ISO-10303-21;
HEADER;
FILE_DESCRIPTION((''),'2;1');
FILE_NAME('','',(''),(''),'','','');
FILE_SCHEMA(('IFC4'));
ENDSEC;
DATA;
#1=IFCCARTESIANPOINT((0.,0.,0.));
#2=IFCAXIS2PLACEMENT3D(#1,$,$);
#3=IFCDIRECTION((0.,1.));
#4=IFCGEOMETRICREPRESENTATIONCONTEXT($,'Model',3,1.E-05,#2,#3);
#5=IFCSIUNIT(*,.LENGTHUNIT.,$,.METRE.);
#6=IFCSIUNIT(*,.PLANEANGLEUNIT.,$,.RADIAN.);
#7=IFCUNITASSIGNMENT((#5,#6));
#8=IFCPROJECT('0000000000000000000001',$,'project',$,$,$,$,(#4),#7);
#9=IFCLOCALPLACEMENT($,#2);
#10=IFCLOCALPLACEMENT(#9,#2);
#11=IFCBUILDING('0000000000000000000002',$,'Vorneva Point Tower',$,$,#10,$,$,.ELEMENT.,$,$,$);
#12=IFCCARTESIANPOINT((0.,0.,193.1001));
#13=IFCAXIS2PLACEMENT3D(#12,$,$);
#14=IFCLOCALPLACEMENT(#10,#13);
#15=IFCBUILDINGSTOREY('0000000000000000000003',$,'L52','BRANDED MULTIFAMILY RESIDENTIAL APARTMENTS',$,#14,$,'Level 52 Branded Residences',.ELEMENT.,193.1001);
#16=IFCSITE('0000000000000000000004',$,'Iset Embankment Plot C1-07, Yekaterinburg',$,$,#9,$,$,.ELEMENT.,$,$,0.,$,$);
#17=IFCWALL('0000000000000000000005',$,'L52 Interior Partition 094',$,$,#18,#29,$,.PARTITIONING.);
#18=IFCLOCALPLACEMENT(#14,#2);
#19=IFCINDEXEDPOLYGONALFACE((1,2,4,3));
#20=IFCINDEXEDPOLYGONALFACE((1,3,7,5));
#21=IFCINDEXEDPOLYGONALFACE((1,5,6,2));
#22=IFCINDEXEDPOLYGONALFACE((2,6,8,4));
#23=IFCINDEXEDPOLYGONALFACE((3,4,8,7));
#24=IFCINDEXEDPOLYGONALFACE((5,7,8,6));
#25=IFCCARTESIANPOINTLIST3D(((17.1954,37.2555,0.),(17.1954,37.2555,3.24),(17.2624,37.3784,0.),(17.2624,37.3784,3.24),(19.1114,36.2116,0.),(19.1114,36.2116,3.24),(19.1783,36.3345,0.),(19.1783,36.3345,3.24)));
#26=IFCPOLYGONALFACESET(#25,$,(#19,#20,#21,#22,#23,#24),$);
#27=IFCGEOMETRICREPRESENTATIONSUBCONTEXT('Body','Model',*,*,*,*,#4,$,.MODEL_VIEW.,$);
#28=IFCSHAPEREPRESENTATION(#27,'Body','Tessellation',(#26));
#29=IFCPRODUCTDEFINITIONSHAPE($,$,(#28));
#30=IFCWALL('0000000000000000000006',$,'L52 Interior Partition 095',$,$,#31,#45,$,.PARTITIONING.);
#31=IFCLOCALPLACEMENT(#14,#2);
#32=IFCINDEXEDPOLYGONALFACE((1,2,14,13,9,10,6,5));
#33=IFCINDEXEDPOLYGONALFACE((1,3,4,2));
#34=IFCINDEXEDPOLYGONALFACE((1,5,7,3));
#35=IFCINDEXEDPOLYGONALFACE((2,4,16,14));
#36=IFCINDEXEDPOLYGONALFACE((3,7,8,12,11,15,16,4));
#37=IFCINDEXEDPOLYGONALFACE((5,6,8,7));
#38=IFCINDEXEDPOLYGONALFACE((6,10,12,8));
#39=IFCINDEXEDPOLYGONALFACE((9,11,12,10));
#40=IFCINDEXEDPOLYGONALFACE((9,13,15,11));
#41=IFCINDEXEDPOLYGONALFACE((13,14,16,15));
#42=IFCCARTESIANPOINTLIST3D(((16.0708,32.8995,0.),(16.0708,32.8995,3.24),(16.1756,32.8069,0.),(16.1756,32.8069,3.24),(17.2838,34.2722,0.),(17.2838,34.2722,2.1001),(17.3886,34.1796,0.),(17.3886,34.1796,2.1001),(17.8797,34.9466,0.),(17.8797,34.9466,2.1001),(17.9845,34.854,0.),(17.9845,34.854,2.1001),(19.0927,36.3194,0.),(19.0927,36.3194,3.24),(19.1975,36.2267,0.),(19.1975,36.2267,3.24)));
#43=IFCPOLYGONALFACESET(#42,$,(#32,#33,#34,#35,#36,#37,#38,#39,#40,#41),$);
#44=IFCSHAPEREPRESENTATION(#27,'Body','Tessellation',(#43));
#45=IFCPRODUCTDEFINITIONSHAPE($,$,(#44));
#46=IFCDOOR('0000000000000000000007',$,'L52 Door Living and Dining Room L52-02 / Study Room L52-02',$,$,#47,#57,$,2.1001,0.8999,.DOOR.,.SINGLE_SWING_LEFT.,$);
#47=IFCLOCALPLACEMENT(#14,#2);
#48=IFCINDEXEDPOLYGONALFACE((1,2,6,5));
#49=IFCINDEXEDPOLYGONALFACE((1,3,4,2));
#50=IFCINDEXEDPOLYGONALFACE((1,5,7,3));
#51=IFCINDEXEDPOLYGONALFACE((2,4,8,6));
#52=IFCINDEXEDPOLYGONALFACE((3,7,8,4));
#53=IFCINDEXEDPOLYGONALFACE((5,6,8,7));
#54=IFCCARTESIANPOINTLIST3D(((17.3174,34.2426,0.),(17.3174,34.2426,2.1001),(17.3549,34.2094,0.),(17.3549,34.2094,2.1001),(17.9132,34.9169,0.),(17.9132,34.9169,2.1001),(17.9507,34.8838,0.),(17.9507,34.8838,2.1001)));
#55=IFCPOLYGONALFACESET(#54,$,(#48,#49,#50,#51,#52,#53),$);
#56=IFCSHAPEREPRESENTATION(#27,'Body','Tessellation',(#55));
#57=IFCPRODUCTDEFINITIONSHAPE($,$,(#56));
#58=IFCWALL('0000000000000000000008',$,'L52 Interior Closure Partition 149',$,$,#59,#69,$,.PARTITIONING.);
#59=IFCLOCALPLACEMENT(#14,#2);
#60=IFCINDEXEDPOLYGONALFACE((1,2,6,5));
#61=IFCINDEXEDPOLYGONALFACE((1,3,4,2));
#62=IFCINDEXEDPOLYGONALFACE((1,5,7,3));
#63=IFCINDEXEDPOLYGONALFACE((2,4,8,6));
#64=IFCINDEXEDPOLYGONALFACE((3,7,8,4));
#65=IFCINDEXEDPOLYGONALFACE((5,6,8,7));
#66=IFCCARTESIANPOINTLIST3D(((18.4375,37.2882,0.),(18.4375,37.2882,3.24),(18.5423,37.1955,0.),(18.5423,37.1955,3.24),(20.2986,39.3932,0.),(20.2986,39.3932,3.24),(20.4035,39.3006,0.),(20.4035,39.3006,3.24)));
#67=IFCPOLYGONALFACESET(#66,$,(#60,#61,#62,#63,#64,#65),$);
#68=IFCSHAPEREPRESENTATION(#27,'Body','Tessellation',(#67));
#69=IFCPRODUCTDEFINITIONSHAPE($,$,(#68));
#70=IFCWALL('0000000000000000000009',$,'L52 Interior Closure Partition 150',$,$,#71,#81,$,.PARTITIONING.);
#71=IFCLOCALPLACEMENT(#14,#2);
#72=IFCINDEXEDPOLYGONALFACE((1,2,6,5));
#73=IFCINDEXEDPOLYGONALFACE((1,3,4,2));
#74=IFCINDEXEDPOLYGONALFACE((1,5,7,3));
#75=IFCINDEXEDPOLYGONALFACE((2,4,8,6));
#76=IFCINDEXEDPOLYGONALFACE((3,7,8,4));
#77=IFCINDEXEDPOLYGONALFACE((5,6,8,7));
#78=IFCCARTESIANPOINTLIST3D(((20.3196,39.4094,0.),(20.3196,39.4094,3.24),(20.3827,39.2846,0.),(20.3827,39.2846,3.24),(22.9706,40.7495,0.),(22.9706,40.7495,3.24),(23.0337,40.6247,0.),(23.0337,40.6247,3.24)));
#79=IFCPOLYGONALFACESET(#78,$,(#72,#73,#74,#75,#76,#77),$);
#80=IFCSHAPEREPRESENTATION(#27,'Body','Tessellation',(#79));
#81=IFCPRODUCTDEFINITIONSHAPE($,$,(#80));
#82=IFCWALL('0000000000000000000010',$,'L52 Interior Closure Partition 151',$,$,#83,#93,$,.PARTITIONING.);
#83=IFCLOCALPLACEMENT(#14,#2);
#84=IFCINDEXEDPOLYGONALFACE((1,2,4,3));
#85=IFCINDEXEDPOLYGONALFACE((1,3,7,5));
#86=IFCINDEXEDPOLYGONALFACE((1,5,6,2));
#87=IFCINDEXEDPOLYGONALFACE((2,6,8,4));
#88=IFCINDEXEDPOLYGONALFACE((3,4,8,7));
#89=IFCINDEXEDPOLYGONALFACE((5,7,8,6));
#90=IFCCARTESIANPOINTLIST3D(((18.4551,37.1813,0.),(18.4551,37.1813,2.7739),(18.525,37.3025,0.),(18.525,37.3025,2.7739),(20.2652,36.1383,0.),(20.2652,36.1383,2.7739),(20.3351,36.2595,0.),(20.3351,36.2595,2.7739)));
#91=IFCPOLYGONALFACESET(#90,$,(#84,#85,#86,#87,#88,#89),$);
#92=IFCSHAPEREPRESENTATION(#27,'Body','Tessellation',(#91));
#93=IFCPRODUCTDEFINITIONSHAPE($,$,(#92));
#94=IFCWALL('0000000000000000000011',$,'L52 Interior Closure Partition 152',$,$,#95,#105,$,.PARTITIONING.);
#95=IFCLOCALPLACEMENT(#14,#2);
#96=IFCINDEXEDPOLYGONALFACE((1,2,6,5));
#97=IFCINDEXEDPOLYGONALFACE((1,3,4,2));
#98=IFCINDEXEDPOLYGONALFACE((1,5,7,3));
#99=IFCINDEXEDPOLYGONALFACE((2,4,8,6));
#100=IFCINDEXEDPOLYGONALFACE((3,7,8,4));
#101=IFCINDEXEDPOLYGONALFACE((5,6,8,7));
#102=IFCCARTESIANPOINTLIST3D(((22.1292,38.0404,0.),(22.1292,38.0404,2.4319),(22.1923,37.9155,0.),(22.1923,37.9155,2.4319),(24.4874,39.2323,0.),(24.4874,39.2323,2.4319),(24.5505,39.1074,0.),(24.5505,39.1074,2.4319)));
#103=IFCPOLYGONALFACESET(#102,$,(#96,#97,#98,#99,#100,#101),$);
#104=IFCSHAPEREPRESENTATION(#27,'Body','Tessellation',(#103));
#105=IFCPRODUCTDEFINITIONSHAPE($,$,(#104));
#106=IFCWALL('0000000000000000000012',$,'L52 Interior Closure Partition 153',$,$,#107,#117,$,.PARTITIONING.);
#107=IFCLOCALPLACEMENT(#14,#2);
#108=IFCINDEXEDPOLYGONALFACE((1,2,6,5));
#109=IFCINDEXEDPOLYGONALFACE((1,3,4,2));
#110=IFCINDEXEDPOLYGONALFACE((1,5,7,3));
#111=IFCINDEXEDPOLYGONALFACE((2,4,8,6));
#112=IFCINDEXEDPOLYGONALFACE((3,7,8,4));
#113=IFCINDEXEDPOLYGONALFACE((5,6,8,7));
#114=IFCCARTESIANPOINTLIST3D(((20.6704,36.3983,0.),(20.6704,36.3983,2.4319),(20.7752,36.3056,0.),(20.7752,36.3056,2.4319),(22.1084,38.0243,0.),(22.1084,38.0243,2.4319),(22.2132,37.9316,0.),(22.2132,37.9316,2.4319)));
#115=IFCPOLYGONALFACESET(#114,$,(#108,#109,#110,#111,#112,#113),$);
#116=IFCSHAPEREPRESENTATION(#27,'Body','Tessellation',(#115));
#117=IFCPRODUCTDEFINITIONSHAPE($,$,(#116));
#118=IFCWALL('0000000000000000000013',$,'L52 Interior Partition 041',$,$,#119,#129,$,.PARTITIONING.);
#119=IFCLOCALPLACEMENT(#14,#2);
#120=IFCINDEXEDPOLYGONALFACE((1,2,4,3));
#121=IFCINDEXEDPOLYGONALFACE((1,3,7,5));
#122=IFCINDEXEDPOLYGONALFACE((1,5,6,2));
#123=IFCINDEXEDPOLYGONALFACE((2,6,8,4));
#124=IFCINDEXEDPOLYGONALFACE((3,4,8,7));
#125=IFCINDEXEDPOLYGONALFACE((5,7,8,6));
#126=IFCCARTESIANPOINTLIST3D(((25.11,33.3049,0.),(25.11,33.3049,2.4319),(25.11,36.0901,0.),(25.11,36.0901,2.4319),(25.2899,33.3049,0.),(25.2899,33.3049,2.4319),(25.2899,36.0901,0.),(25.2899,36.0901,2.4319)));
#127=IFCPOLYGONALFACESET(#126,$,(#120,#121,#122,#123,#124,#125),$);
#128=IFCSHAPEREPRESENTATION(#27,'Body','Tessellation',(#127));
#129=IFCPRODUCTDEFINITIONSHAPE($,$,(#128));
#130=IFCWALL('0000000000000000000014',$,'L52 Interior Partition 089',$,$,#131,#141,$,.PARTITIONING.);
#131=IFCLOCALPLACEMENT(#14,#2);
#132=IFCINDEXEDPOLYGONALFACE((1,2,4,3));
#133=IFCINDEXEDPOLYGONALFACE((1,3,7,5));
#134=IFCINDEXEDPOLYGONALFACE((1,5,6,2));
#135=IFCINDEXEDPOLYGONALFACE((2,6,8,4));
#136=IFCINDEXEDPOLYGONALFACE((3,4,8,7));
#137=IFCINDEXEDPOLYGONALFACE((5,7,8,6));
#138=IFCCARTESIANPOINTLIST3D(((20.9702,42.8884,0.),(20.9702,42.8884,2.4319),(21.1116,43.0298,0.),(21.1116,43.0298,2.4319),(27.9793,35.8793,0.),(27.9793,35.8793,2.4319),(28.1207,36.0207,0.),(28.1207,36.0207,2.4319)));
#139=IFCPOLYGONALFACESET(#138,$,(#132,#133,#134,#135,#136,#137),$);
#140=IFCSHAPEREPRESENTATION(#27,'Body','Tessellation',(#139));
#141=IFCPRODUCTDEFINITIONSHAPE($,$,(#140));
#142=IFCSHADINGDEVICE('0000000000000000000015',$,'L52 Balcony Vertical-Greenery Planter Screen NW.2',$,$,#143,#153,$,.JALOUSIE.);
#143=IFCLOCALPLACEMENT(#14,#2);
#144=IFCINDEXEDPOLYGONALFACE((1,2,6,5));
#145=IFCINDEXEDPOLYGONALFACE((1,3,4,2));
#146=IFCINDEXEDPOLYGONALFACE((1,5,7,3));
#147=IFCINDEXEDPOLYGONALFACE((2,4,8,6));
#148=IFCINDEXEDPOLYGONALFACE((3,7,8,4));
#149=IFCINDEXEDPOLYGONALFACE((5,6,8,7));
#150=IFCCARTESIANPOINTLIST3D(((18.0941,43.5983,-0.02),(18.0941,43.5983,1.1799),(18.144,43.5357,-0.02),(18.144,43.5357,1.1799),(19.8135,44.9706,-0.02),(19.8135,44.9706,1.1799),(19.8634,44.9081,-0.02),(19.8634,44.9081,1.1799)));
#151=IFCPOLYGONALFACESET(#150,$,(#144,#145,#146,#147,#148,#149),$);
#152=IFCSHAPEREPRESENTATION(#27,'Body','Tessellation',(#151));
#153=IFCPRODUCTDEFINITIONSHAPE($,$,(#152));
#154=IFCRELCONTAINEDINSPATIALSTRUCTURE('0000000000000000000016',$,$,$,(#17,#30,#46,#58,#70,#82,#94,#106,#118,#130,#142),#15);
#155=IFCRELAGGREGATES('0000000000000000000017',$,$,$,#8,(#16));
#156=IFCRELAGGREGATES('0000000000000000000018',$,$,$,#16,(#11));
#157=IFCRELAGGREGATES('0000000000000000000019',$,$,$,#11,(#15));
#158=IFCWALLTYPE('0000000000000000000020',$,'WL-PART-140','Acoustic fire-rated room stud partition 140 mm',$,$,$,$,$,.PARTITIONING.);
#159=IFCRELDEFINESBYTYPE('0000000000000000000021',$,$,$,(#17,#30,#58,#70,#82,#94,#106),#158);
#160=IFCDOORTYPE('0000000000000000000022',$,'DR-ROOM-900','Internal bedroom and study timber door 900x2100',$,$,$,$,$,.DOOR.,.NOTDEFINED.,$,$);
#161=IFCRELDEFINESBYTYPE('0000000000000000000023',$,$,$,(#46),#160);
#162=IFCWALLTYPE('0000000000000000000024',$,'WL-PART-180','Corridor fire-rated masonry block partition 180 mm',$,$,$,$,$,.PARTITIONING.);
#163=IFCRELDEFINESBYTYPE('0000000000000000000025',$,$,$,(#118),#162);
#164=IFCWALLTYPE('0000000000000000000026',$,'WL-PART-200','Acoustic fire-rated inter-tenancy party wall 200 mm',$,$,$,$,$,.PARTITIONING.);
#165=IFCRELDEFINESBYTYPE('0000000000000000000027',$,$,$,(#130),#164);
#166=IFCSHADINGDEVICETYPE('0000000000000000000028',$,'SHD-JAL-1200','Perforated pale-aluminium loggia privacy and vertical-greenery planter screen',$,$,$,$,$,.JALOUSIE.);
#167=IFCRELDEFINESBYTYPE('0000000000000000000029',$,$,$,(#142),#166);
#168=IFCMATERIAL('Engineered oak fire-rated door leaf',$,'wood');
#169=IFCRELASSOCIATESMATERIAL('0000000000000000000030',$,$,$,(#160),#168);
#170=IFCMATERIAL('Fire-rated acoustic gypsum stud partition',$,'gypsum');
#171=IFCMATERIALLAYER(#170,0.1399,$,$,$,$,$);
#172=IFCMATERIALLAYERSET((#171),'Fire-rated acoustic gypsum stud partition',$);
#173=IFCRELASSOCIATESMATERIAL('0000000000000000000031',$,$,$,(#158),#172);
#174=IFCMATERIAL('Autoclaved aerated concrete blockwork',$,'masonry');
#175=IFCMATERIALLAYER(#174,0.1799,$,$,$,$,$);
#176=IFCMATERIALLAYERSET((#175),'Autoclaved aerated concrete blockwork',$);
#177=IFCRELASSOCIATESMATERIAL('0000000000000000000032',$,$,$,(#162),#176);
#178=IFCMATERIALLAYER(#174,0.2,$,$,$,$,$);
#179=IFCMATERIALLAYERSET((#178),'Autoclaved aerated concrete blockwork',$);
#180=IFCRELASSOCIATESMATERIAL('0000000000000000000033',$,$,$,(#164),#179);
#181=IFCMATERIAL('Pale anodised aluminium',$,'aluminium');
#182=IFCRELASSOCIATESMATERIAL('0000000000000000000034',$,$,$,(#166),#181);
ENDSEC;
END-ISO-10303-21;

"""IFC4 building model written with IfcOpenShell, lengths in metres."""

from ifc_helpers import new_model, si_unit, direction, frame, frame_2d, origin, origin_2d, place, context, subcontext, project, spatial, rectangle, extrude, material, layer, layer_set, type_object, element, fill, save


model = new_model("IFC4")

# Units and contexts
model_context = context("Model", 3, precision=1e-05, world=origin(), true_north=direction((0.0, 1.0)))
body_context = subcontext(model_context, "Body", "Model", "MODEL_VIEW")
ifc_project = project(units=[si_unit("LENGTHUNIT", "METRE"), si_unit("PLANEANGLEUNIT", "RADIAN")], contexts=[model_context])

# Site, building, storey
site_placement = place(None, origin())
site = spatial("IfcSite", under=ifc_project, at=site_placement, Name="Iset Embankment Plot C1-07, Yekaterinburg", CompositionType="ELEMENT", RefElevation=0.0)
building_placement = place(site_placement, origin())
building = spatial("IfcBuilding", under=site, at=building_placement, Name="Vorneva Point Tower", CompositionType="ELEMENT")
storey_placement = place(building_placement, frame((0.0, 0.0, 193.1001)))
storey = spatial("IfcBuildingStorey", under=building, at=storey_placement, Name="L52", Description="BRANDED MULTIFAMILY RESIDENTIAL APARTMENTS", LongName="Level 52 Branded Residences", CompositionType="ELEMENT", Elevation=193.1001)

# Shared definitions
ifc_material_1 = material(Name="Pale anodised aluminium", Category="aluminium")

# Shared definitions
ifc_material_2 = material(Name="Fire-rated acoustic gypsum stud partition", Category="gypsum")
ifc_material_3 = material(Name="Engineered oak fire-rated door leaf", Category="wood")
door_type_1 = type_object("IfcDoorType", Name="DR-ROOM-900", Description="Internal bedroom and study timber door 900x2100", OperationType="NOTDEFINED", PredefinedType="DOOR", material=ifc_material_3)

# Shared definitions
ifc_layer_1 = layer(ifc_material_2, 0.1399)
ifc_layer_set_1 = layer_set([ifc_layer_1], Name="Fire-rated acoustic gypsum stud partition")
wall_type_1 = type_object("IfcWallType", Name="WL-PART-140", Description="Acoustic fire-rated room stud partition 140 mm", PredefinedType="PARTITIONING", material=ifc_layer_set_1)

# Wall
wall_1_placement = place(storey_placement, frame((17.229, 37.3169, 0.0), z_axis=(0.0, 0.0, 1.0), x_axis=(0.878118, -0.478444, 0.0)))
element("IfcWall", 1, at=wall_1_placement, inside=storey, type_object=wall_type_1, Name="L52 Interior Partition 094", PredefinedType="PARTITIONING", context=body_context, shape_type="SweptSolid", body=[
    extrude(rectangle(XDim=2.1819, YDim=0.1399, at=frame_2d((1.0908, 0.0))), origin(), (0.0, 0.0, 1.0), 3.24),
])

# Wall, opening, door
wall_2_placement = place(storey_placement, frame((19.145, 36.2729, 0.0), z_axis=(0.0, 0.0, 1.0), x_axis=(-0.662163, -0.74936, 0.0)))
wall_2 = element("IfcWall", 2, at=wall_2_placement, inside=storey, type_object=wall_type_1, Name="L52 Interior Partition 095", PredefinedType="PARTITIONING", context=body_context, shape_type="SweptSolid", body=[
    extrude(rectangle(XDim=4.5637, YDim=0.1399, at=frame_2d((2.2817, 0.0))), origin(), (0.0, 0.0, 1.0), 3.24),
])
opening_1_placement = place(wall_2_placement, frame((1.8318, 0.0, 0.0)))
opening_1 = element("IfcOpeningElement", 3, at=opening_1_placement, cuts=wall_2, PredefinedType="OPENING", context=body_context, shape_type="SweptSolid", body=[
    extrude(rectangle(XDim=0.8999, YDim=2.1001, at=frame_2d((0.45, 1.05))), frame((0.0, 0.085, 0.0), z_axis=(0.0, -1.0, 0.0), x_axis=(1.0, 0.0, 0.0)), (0.0, 0.0, 1.0), 0.1697),
])
door_1_placement = place(opening_1_placement, origin())
door_1 = element("IfcDoor", 4, at=door_1_placement, inside=storey, type_object=door_type_1, Name="L52 Door Living and Dining Room L52-02 / Study Room L52-02", OperationType="SINGLE_SWING_LEFT", OverallHeight=2.1001, OverallWidth=0.8999, PredefinedType="DOOR", context=body_context, shape_type="SweptSolid", body=[
    extrude(rectangle(XDim=0.8999, YDim=2.1001, at=frame_2d((0.45, 1.05))), frame((0.0, 0.0249, 0.0), z_axis=(0.0, -1.0, 0.0), x_axis=(1.0, 0.0, 0.0)), (0.0, 0.0, 1.0), 0.05),
])
fill(opening_1, door_1)

# Walls
wall_3_placement = place(storey_placement, frame((18.49, 37.2419, 0.0), z_axis=(0.0, 0.0, 1.0), x_axis=(0.662371, 0.749176, 0.0)))
element("IfcWall", 5, at=wall_3_placement, inside=storey, type_object=wall_type_1, Name="L52 Interior Closure Partition 149", PredefinedType="PARTITIONING", context=body_context, shape_type="SweptSolid", body=[
    extrude(rectangle(XDim=2.8098, YDim=0.1399, at=frame_2d((1.4048, 0.0))), origin(), (0.0, 0.0, 1.0), 3.24),
])
wall_4_placement = place(storey_placement, frame((20.3511, 39.3469, 0.0), z_axis=(0.0, 0.0, 1.0), x_axis=(0.892446, 0.451154, 0.0)))
element("IfcWall", 6, at=wall_4_placement, inside=storey, type_object=wall_type_1, Name="L52 Interior Closure Partition 150", PredefinedType="PARTITIONING", context=body_context, shape_type="SweptSolid", body=[
    extrude(rectangle(XDim=2.9705, YDim=0.1399, at=frame_2d((1.4854, 0.0))), origin(), (0.0, 0.0, 1.0), 3.24),
])
wall_5_placement = place(storey_placement, frame((20.3, 36.199, 0.0), z_axis=(0.0, 0.0, 1.0), x_axis=(-0.866454, 0.499257, 0.0)))
element("IfcWall", 7, at=wall_5_placement, inside=storey, type_object=wall_type_1, Name="L52 Interior Closure Partition 151", PredefinedType="PARTITIONING", context=body_context, shape_type="SweptSolid", body=[
    extrude(rectangle(XDim=2.0891, YDim=0.1399, at=frame_2d((1.0444, 0.0))), origin(), (0.0, 0.0, 1.0), 2.7739),
])
wall_6_placement = place(storey_placement, frame((24.519, 39.1699, 0.0), z_axis=(0.0, 0.0, 1.0), x_axis=(-0.892478, -0.45109, 0.0)))
element("IfcWall", 8, at=wall_6_placement, inside=storey, type_object=wall_type_1, Name="L52 Interior Closure Partition 152", PredefinedType="PARTITIONING", context=body_context, shape_type="SweptSolid", body=[
    extrude(rectangle(XDim=2.6423, YDim=0.1399, at=frame_2d((1.3213, 0.0))), origin(), (0.0, 0.0, 1.0), 2.4319),
])
wall_7_placement = place(storey_placement, frame((22.1609, 37.978, 0.0), z_axis=(0.0, 0.0, 1.0), x_axis=(-0.662477, -0.749082, 0.0)))
element("IfcWall", 9, at=wall_7_placement, inside=storey, type_object=wall_type_1, Name="L52 Interior Closure Partition 153", PredefinedType="PARTITIONING", context=body_context, shape_type="SweptSolid", body=[
    extrude(rectangle(XDim=2.1707, YDim=0.1399, at=frame_2d((1.0854, 0.0))), origin(), (0.0, 0.0, 1.0), 2.4319),
])
ifc_material_4 = material(Name="Autoclaved aerated concrete blockwork", Category="masonry")
ifc_layer_2 = layer(ifc_material_4, 0.1799)
ifc_layer_set_2 = layer_set([ifc_layer_2], Name="Autoclaved aerated concrete blockwork")
wall_type_2 = type_object("IfcWallType", Name="WL-PART-180", Description="Corridor fire-rated masonry block partition 180 mm", PredefinedType="PARTITIONING", material=ifc_layer_set_2)
wall_8_placement = place(storey_placement, frame((25.2, 36.0901, 0.0), z_axis=(0.0, 0.0, 1.0), x_axis=(0.0, -1.0, 0.0)))
element("IfcWall", 10, at=wall_8_placement, inside=storey, type_object=wall_type_2, Name="L52 Interior Partition 041", PredefinedType="PARTITIONING", context=body_context, shape_type="SweptSolid", body=[
    extrude(rectangle(XDim=2.7852, YDim=0.1799, at=frame_2d((1.3926, 0.0))), origin(), (0.0, 0.0, 1.0), 2.4319),
])
ifc_layer_3 = layer(ifc_material_4, 0.2)
ifc_layer_set_3 = layer_set([ifc_layer_3], Name="Autoclaved aerated concrete blockwork")
wall_type_3 = type_object("IfcWallType", Name="WL-PART-200", Description="Acoustic fire-rated inter-tenancy party wall 200 mm", PredefinedType="PARTITIONING", material=ifc_layer_set_3)
wall_9_placement = place(storey_placement, frame((21.041, 42.959, 0.0), z_axis=(0.0, 0.0, 1.0), x_axis=(0.707107, -0.707107, 0.0)))
element("IfcWall", 11, at=wall_9_placement, inside=storey, type_object=wall_type_3, Name="L52 Interior Partition 089", PredefinedType="PARTITIONING", context=body_context, shape_type="SweptSolid", body=[
    extrude(rectangle(XDim=9.9124, YDim=0.2, at=frame_2d((4.9561, 0.0))), origin(), (0.0, 0.0, 1.0), 2.4319),
])

# Shading device
shading_device_type = type_object("IfcShadingDeviceType", Name="SHD-JAL-1200", Description="Perforated pale-aluminium loggia privacy and vertical-greenery planter screen", PredefinedType="JALOUSIE", material=ifc_material_1)
shading_device_placement = place(storey_placement, frame((18.9788, 44.2532, -0.02), z_axis=(0.0, 0.0, 1.0), x_axis=(-0.781575, -0.623811, 0.0)))
element("IfcShadingDevice", 12, at=shading_device_placement, inside=storey, type_object=shading_device_type, Name="L52 Balcony Vertical-Greenery Planter Screen NW.2", PredefinedType="JALOUSIE", context=body_context, shape_type="SweptSolid", body=[
    extrude(rectangle(XDim=2.2, YDim=0.0801, at=origin_2d()), origin(), (0.0, 0.0, 1.0), 1.2),
])

save(model, "model.ifc")
